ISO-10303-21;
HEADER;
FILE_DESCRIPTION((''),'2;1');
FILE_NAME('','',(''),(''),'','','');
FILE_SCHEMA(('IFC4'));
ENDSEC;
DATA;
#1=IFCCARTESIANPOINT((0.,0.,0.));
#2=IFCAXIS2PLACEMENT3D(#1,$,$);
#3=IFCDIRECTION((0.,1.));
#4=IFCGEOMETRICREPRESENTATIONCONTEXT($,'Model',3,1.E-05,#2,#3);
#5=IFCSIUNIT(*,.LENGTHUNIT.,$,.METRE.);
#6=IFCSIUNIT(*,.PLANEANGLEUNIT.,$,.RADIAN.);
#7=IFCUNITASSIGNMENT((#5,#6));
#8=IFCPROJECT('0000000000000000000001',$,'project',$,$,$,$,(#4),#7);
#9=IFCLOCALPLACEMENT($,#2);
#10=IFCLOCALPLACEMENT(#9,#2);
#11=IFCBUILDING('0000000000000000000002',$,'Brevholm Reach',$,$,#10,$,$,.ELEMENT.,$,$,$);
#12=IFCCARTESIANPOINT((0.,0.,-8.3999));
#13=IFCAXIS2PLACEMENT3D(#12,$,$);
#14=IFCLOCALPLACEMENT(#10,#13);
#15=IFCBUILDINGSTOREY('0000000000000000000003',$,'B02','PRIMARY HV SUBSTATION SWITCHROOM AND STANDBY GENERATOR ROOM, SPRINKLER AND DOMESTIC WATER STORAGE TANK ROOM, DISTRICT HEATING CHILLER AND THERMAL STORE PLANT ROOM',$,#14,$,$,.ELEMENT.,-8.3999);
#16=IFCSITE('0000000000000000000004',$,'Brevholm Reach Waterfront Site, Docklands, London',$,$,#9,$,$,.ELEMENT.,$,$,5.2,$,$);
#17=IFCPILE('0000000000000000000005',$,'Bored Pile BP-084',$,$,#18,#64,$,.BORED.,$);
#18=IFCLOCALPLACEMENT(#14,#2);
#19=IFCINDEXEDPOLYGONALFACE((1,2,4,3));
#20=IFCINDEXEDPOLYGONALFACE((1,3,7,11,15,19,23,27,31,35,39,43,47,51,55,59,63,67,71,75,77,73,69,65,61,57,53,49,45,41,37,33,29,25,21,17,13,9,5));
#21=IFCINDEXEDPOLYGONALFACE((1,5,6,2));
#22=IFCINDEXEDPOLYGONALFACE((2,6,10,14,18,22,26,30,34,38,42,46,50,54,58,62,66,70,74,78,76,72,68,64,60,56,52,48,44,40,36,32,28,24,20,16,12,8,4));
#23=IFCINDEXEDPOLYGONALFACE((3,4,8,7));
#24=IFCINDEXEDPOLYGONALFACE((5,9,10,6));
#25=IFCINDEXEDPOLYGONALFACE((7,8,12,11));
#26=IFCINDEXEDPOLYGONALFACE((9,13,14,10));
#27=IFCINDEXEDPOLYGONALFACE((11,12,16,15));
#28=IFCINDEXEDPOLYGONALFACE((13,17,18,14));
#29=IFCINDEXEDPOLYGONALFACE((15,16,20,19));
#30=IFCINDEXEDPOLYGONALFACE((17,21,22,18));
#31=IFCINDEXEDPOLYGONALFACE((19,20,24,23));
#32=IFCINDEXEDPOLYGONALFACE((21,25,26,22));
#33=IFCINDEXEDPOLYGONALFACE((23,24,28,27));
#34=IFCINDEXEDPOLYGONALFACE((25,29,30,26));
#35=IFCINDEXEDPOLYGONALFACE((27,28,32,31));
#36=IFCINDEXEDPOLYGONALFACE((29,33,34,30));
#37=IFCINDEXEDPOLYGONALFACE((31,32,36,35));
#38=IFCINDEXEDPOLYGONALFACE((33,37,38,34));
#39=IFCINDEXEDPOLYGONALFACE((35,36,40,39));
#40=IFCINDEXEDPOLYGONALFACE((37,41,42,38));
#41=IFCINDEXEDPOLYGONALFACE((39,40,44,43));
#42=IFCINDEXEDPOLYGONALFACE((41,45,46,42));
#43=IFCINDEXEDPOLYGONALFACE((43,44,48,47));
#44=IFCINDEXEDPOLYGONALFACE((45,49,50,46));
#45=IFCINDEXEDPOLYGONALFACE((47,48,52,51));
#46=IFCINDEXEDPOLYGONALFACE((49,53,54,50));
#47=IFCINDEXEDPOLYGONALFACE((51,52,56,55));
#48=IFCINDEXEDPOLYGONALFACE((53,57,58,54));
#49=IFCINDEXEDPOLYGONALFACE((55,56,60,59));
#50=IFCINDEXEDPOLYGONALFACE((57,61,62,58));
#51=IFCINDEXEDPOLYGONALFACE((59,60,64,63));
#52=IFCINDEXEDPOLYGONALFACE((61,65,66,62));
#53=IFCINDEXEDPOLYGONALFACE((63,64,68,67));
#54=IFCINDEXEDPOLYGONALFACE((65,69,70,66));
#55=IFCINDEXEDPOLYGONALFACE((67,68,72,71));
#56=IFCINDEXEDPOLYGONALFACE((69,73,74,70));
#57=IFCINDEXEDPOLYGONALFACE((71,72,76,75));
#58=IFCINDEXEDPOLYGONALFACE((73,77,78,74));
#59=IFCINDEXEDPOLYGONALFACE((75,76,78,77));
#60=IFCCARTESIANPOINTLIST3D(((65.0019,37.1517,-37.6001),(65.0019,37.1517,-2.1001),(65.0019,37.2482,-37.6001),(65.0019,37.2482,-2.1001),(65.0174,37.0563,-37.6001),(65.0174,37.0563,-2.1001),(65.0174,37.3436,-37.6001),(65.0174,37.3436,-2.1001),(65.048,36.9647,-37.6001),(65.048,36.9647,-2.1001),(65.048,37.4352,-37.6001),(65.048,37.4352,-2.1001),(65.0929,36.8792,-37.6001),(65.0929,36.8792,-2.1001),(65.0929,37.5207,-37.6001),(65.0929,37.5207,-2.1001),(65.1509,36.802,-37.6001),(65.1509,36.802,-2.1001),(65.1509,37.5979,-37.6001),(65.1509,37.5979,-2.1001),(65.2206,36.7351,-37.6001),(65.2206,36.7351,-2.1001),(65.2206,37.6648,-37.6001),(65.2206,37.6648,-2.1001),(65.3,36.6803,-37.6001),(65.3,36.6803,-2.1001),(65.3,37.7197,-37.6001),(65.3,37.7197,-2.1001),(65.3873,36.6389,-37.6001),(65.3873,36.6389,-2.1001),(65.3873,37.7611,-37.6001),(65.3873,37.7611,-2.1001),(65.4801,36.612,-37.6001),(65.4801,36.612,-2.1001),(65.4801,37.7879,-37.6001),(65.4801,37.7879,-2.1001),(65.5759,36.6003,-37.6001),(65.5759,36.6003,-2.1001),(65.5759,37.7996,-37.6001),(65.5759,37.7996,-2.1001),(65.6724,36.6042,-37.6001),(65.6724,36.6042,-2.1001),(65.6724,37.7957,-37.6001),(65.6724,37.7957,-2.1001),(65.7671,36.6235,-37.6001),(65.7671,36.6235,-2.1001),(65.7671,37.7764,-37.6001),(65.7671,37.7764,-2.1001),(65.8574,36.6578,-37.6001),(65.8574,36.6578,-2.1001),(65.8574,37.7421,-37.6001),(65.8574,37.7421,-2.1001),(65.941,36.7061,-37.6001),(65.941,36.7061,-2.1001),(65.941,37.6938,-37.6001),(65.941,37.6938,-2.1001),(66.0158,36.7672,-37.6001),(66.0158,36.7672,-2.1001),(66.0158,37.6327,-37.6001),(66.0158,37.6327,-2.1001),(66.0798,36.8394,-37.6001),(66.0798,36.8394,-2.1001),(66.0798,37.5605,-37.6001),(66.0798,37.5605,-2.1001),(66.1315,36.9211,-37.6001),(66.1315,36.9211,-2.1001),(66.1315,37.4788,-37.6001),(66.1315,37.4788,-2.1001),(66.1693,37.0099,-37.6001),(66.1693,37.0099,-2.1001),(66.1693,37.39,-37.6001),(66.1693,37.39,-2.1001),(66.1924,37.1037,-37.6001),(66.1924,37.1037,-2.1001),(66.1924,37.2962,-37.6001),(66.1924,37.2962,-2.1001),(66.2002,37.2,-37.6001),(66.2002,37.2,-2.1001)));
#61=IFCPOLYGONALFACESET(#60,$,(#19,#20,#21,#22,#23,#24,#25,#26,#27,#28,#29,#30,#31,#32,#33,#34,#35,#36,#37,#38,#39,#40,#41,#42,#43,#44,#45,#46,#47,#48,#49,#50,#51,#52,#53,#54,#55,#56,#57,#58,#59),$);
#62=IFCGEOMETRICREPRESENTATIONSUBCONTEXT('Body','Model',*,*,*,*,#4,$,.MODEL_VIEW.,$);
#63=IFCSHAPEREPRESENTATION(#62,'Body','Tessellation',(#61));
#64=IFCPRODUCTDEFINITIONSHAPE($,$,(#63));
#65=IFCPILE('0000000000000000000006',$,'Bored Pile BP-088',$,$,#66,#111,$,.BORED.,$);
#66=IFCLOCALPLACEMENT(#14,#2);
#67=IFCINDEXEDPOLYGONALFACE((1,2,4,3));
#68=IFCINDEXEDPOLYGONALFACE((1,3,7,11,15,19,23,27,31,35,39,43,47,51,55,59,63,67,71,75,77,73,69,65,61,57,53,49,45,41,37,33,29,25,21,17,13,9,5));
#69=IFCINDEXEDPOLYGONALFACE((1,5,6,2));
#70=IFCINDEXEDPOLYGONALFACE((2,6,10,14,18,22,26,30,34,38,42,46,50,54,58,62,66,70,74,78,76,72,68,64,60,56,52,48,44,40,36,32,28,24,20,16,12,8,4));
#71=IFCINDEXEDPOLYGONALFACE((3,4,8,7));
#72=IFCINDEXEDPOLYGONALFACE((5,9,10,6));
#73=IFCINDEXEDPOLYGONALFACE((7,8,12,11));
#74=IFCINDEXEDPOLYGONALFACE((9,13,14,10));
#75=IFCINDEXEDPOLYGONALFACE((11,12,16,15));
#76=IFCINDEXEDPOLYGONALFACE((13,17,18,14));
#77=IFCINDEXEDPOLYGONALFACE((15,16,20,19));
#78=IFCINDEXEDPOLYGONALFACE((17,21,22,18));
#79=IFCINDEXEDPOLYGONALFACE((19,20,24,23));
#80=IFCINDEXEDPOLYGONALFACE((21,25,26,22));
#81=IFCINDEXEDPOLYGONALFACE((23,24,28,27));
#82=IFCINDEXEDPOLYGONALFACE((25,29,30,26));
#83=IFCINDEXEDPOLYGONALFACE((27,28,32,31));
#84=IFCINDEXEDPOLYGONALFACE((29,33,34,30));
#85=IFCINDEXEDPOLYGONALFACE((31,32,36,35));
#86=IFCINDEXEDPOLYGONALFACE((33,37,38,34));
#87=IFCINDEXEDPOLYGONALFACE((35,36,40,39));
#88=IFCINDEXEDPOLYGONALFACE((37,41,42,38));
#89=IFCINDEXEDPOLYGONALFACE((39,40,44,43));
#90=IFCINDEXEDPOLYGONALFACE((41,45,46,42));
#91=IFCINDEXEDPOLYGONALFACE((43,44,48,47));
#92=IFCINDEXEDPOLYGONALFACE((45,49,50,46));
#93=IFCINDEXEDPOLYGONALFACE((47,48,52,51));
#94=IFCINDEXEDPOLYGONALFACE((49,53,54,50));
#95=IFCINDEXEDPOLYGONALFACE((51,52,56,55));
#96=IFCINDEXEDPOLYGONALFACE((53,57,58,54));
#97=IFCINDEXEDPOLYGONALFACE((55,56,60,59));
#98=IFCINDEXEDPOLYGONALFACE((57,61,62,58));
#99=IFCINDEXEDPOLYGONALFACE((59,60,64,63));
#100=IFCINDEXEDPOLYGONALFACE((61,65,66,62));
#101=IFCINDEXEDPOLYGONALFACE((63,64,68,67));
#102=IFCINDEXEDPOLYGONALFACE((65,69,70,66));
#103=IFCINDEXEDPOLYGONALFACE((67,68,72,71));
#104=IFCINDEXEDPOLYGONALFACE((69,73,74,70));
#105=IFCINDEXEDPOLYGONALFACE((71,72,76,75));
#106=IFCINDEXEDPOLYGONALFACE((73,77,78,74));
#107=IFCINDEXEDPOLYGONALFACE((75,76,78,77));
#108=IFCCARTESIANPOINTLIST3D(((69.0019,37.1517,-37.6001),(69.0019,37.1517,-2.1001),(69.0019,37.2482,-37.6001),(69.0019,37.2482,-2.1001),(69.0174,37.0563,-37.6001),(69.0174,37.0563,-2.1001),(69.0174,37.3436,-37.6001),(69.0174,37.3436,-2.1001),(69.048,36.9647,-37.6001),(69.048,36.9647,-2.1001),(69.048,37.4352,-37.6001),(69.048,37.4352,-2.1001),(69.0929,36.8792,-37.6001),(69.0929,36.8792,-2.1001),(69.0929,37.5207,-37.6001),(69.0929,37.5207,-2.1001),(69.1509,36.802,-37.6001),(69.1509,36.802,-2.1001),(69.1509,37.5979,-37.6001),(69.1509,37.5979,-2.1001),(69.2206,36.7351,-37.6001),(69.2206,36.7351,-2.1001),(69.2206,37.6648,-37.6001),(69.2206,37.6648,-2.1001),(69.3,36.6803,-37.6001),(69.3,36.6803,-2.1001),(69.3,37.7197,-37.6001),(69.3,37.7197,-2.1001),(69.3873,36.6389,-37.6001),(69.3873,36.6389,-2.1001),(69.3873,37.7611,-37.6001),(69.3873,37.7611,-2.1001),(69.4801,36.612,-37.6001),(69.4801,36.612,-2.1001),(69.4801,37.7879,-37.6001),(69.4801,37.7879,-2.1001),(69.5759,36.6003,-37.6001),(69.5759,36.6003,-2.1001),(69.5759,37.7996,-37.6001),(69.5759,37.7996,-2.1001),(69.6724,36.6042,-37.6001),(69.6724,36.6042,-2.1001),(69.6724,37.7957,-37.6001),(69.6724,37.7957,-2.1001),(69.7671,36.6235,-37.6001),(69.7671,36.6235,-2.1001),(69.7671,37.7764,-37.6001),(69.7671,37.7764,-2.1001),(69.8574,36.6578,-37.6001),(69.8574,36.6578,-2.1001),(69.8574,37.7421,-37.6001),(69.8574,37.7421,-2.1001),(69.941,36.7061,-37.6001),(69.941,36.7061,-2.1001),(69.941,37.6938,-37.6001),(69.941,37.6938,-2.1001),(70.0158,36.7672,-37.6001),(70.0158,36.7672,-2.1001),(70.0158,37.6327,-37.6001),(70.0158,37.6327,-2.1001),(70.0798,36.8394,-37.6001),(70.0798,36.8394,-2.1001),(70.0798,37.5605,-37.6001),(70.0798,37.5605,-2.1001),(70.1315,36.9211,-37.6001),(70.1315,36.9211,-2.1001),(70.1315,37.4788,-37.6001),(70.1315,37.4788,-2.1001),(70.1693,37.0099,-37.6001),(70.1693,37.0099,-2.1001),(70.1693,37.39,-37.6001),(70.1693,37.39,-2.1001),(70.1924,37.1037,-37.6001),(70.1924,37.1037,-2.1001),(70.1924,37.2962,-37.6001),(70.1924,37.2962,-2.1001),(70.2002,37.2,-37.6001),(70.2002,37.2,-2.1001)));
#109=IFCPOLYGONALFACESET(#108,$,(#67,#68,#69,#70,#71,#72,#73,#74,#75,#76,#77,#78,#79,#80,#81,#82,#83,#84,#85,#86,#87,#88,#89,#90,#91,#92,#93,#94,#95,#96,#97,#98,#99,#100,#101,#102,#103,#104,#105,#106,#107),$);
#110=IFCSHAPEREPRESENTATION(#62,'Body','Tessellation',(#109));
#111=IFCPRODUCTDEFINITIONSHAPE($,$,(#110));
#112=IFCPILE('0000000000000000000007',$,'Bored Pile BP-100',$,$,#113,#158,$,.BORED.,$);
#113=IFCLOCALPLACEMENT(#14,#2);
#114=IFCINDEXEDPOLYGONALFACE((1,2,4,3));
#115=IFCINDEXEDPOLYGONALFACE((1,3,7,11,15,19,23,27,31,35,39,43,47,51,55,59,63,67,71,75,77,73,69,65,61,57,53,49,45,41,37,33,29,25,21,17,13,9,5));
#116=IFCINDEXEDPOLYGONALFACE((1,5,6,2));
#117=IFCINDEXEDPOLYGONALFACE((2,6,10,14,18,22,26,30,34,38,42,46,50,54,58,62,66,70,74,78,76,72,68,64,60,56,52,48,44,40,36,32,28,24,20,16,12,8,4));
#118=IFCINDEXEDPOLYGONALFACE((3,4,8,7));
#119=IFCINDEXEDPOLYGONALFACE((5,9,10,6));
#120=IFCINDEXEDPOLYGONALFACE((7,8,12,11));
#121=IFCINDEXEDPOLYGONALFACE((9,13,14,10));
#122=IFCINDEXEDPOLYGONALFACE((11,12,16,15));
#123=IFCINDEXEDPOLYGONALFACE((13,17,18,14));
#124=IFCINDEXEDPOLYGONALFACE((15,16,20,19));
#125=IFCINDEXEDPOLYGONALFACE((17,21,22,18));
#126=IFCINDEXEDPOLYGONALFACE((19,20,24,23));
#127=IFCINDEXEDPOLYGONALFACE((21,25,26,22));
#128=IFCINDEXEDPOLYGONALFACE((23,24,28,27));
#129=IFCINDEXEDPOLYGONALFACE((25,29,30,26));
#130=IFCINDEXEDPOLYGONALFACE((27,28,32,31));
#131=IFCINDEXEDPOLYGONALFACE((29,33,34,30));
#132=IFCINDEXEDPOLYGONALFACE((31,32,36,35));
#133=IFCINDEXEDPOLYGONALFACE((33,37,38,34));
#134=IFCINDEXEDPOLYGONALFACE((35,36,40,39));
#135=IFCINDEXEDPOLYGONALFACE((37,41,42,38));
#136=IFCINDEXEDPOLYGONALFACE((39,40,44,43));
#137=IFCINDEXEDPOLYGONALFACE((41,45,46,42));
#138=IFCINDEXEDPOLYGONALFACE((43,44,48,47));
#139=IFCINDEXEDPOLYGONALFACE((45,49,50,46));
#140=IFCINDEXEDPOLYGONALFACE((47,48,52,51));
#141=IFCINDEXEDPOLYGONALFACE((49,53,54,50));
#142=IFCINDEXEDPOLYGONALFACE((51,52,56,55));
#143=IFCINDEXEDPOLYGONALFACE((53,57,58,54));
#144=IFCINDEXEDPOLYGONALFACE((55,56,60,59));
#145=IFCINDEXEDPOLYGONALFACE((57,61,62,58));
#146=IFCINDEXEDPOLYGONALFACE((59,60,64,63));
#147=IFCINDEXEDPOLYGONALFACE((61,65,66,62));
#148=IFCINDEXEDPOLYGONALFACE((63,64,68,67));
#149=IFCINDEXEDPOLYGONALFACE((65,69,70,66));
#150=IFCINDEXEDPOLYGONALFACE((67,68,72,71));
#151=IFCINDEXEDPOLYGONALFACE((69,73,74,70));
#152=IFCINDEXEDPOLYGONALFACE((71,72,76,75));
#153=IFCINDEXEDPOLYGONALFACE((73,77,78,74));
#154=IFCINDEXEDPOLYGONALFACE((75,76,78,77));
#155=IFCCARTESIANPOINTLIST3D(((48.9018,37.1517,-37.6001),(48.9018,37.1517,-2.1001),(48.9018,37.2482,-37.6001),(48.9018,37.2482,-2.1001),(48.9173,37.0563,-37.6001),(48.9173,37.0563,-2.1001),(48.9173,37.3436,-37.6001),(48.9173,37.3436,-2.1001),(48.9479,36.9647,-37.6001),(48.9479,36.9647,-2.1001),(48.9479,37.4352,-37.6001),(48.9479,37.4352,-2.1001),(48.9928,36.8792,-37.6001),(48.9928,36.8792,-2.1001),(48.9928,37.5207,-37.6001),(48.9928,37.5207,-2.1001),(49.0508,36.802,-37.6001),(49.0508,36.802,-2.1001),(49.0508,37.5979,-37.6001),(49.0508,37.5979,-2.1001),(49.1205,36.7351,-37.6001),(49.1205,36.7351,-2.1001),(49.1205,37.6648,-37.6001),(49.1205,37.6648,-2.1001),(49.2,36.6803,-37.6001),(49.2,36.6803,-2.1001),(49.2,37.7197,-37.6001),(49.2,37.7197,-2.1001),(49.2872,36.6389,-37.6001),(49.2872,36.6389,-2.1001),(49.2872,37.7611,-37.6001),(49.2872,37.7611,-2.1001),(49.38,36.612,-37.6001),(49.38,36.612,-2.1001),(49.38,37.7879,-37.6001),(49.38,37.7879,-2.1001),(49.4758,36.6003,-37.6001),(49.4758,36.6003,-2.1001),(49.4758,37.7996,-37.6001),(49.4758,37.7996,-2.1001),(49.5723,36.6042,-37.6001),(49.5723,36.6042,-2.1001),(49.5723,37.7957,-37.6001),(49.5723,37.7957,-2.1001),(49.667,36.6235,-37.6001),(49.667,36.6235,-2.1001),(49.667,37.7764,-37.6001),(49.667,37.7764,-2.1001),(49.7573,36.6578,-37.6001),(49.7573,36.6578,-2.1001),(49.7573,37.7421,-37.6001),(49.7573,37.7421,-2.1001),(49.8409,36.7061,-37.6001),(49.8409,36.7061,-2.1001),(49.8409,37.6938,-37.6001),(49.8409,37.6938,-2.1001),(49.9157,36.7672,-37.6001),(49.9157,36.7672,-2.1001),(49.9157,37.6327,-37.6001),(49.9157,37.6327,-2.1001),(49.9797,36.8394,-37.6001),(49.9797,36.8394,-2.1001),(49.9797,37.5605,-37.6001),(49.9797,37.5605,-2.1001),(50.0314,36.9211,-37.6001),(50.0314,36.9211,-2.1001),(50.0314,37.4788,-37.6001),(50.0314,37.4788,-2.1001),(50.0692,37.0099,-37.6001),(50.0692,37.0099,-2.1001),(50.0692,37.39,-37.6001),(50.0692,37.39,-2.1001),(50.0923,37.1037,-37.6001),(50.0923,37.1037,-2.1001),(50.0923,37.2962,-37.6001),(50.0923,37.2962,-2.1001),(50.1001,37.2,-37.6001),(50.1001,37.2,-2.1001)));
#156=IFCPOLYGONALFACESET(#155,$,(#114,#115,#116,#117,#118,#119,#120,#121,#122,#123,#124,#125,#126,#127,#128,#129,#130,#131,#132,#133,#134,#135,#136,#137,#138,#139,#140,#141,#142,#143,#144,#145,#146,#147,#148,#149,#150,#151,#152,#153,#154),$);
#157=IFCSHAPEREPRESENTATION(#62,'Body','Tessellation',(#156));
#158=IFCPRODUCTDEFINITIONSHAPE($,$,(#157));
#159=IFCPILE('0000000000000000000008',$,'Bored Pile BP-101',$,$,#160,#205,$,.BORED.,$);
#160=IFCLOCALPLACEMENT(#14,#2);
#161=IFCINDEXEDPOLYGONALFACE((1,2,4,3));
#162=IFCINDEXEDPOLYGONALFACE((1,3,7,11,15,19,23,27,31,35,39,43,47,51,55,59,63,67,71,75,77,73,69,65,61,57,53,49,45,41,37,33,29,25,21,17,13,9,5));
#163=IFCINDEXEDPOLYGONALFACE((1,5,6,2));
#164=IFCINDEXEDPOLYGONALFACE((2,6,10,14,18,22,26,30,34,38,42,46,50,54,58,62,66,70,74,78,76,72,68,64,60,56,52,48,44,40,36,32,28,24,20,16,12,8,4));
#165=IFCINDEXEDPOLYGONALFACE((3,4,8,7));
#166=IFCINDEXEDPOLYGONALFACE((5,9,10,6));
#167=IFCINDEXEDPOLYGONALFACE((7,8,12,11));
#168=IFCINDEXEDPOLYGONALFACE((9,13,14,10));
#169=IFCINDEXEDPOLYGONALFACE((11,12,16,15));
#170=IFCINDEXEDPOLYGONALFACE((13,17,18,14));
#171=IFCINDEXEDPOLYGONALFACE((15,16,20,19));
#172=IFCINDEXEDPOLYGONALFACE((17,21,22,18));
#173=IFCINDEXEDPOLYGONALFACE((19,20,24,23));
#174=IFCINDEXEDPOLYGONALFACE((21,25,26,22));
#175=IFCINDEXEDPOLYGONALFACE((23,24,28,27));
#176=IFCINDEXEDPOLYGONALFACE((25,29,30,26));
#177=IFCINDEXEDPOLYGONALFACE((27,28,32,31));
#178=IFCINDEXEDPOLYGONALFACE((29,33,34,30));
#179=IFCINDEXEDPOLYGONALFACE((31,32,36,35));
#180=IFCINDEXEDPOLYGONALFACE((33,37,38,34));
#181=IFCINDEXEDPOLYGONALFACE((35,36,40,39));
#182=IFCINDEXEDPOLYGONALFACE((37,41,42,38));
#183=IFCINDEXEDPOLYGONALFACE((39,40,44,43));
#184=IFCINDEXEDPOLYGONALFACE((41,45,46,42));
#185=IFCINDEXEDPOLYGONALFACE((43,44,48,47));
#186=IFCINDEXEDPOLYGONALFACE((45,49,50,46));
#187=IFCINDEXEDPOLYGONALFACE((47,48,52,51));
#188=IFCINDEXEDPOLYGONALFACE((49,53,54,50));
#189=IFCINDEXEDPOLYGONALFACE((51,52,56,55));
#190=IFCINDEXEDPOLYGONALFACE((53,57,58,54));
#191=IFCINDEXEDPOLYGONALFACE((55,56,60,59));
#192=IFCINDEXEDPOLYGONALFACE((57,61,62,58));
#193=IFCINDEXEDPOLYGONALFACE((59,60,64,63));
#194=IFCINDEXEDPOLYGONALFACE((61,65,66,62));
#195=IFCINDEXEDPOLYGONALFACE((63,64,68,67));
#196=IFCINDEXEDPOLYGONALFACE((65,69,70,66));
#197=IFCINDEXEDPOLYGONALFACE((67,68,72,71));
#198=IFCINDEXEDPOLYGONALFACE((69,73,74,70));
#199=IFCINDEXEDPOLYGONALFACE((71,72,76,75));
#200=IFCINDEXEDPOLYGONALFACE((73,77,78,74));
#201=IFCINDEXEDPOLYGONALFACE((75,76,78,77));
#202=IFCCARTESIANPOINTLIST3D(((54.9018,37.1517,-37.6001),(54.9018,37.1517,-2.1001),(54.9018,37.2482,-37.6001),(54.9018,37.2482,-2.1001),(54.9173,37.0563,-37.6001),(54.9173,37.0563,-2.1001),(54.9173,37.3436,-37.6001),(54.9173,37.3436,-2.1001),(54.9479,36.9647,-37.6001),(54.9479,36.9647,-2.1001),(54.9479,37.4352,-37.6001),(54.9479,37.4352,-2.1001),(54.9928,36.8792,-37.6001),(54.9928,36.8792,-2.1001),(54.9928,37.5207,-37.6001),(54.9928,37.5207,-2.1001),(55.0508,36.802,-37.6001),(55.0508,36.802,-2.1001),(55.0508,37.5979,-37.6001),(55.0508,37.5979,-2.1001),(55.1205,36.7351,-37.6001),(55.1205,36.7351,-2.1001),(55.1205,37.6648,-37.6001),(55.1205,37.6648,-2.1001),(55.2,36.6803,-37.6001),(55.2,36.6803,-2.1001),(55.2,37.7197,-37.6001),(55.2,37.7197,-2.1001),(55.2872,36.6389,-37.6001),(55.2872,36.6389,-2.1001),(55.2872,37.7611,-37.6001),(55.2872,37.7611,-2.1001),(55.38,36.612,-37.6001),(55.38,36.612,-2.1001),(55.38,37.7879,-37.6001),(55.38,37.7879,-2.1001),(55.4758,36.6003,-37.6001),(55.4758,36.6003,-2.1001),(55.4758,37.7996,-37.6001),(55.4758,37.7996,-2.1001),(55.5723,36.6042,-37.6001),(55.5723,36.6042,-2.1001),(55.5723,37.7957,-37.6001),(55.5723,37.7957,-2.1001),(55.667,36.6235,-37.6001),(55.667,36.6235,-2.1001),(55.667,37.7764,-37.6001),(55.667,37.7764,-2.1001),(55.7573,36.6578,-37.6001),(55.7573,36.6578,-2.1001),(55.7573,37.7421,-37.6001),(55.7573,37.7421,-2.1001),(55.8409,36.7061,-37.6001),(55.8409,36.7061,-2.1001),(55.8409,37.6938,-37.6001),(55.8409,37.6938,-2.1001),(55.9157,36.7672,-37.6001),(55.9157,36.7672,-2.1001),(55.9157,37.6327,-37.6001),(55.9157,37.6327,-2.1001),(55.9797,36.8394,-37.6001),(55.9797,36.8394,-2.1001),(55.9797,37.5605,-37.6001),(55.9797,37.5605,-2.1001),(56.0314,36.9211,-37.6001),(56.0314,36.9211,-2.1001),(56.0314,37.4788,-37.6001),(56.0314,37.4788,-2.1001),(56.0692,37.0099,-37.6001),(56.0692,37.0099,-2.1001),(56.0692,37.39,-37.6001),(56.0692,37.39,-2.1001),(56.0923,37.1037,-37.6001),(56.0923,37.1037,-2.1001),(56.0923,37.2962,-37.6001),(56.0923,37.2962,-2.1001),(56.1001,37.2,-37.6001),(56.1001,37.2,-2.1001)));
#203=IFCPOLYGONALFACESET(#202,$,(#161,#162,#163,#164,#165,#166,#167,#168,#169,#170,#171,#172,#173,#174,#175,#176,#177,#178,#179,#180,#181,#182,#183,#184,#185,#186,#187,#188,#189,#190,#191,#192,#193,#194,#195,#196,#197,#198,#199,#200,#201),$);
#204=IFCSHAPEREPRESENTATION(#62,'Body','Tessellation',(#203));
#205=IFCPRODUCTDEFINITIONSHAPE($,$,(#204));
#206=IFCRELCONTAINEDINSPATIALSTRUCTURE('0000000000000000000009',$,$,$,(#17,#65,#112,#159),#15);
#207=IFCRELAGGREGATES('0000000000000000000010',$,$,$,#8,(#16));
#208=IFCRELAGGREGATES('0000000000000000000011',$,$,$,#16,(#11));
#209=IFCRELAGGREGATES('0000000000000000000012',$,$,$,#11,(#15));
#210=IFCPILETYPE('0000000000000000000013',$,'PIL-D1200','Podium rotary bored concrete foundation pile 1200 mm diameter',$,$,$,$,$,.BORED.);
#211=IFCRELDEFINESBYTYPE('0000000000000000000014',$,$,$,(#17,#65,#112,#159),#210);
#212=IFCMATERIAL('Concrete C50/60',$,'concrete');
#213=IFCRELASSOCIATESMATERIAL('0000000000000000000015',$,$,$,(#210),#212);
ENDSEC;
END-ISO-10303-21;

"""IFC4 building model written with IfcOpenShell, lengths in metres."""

from ifc_helpers import new_model, si_unit, direction, frame, origin, origin_2d, place, context, subcontext, project, spatial, circle, extrude, material, material_profile, profile_set, type_object, element, save


model = new_model("IFC4")

# Units and contexts
model_context = context("Model", 3, precision=1e-05, world=origin(), true_north=direction((0.0, 1.0)))
body_context = subcontext(model_context, "Body", "Model", "MODEL_VIEW")
ifc_project = project(units=[si_unit("LENGTHUNIT", "METRE"), si_unit("PLANEANGLEUNIT", "RADIAN")], contexts=[model_context])

# Site, building, storey
site_placement = place(None, origin())
site = spatial("IfcSite", under=ifc_project, at=site_placement, Name="Brevholm Reach Waterfront Site, Docklands, London", CompositionType="ELEMENT", RefElevation=5.2)
building_placement = place(site_placement, origin())
building = spatial("IfcBuilding", under=site, at=building_placement, Name="Brevholm Reach", CompositionType="ELEMENT")
storey_placement = place(building_placement, frame((0.0, 0.0, -8.3999)))
storey = spatial("IfcBuildingStorey", under=building, at=storey_placement, Name="B02", Description="PRIMARY HV SUBSTATION SWITCHROOM AND STANDBY GENERATOR ROOM, SPRINKLER AND DOMESTIC WATER STORAGE TANK ROOM, DISTRICT HEATING CHILLER AND THERMAL STORE PLANT ROOM", CompositionType="ELEMENT", Elevation=-8.3999)

# Piles
ifc_material_1 = material(Name="Concrete C50/60", Category="concrete")
ifc_material_profile_1 = material_profile(ifc_material_1, circle(Radius=0.6001, at=origin_2d()), Name="PILE D1200")
ifc_profile_set_1 = profile_set([ifc_material_profile_1], Name="Concrete C50/60")
pile_type = type_object("IfcPileType", Name="PIL-D1200", Description="Podium rotary bored concrete foundation pile 1200 mm diameter", PredefinedType="BORED", material=ifc_profile_set_1)
for number, where, z_axis, x_axis, name in (
    (1, (65.6001, 37.2, -2.1001), (0.0, 0.0, -1.0), (1.0, 0.0, 0.0), "Bored Pile BP-084"),
    (2, (69.6001, 37.2, -2.1001), (0.0, 0.0, -1.0), (1.0, 0.0, 0.0), "Bored Pile BP-088"),
    (3, (49.5, 37.2, -2.1001), (0.0, 0.0, -1.0), (1.0, 0.0, 0.0), "Bored Pile BP-100"),
    (4, (55.5, 37.2, -2.1001), (0.0, 0.0, -1.0), (1.0, 0.0, 0.0), "Bored Pile BP-101"),
):
    element("IfcPile", number, at=place(storey_placement, frame(where, z_axis=z_axis, x_axis=x_axis)), inside=storey, type_object=pile_type, Name=name, PredefinedType="BORED", context=body_context, shape_type="SweptSolid", body=[
        extrude(circle(Radius=0.6001, at=origin_2d()), origin(), (0.0, 0.0, 1.0), 35.5),
    ])

save(model, "model.ifc")
